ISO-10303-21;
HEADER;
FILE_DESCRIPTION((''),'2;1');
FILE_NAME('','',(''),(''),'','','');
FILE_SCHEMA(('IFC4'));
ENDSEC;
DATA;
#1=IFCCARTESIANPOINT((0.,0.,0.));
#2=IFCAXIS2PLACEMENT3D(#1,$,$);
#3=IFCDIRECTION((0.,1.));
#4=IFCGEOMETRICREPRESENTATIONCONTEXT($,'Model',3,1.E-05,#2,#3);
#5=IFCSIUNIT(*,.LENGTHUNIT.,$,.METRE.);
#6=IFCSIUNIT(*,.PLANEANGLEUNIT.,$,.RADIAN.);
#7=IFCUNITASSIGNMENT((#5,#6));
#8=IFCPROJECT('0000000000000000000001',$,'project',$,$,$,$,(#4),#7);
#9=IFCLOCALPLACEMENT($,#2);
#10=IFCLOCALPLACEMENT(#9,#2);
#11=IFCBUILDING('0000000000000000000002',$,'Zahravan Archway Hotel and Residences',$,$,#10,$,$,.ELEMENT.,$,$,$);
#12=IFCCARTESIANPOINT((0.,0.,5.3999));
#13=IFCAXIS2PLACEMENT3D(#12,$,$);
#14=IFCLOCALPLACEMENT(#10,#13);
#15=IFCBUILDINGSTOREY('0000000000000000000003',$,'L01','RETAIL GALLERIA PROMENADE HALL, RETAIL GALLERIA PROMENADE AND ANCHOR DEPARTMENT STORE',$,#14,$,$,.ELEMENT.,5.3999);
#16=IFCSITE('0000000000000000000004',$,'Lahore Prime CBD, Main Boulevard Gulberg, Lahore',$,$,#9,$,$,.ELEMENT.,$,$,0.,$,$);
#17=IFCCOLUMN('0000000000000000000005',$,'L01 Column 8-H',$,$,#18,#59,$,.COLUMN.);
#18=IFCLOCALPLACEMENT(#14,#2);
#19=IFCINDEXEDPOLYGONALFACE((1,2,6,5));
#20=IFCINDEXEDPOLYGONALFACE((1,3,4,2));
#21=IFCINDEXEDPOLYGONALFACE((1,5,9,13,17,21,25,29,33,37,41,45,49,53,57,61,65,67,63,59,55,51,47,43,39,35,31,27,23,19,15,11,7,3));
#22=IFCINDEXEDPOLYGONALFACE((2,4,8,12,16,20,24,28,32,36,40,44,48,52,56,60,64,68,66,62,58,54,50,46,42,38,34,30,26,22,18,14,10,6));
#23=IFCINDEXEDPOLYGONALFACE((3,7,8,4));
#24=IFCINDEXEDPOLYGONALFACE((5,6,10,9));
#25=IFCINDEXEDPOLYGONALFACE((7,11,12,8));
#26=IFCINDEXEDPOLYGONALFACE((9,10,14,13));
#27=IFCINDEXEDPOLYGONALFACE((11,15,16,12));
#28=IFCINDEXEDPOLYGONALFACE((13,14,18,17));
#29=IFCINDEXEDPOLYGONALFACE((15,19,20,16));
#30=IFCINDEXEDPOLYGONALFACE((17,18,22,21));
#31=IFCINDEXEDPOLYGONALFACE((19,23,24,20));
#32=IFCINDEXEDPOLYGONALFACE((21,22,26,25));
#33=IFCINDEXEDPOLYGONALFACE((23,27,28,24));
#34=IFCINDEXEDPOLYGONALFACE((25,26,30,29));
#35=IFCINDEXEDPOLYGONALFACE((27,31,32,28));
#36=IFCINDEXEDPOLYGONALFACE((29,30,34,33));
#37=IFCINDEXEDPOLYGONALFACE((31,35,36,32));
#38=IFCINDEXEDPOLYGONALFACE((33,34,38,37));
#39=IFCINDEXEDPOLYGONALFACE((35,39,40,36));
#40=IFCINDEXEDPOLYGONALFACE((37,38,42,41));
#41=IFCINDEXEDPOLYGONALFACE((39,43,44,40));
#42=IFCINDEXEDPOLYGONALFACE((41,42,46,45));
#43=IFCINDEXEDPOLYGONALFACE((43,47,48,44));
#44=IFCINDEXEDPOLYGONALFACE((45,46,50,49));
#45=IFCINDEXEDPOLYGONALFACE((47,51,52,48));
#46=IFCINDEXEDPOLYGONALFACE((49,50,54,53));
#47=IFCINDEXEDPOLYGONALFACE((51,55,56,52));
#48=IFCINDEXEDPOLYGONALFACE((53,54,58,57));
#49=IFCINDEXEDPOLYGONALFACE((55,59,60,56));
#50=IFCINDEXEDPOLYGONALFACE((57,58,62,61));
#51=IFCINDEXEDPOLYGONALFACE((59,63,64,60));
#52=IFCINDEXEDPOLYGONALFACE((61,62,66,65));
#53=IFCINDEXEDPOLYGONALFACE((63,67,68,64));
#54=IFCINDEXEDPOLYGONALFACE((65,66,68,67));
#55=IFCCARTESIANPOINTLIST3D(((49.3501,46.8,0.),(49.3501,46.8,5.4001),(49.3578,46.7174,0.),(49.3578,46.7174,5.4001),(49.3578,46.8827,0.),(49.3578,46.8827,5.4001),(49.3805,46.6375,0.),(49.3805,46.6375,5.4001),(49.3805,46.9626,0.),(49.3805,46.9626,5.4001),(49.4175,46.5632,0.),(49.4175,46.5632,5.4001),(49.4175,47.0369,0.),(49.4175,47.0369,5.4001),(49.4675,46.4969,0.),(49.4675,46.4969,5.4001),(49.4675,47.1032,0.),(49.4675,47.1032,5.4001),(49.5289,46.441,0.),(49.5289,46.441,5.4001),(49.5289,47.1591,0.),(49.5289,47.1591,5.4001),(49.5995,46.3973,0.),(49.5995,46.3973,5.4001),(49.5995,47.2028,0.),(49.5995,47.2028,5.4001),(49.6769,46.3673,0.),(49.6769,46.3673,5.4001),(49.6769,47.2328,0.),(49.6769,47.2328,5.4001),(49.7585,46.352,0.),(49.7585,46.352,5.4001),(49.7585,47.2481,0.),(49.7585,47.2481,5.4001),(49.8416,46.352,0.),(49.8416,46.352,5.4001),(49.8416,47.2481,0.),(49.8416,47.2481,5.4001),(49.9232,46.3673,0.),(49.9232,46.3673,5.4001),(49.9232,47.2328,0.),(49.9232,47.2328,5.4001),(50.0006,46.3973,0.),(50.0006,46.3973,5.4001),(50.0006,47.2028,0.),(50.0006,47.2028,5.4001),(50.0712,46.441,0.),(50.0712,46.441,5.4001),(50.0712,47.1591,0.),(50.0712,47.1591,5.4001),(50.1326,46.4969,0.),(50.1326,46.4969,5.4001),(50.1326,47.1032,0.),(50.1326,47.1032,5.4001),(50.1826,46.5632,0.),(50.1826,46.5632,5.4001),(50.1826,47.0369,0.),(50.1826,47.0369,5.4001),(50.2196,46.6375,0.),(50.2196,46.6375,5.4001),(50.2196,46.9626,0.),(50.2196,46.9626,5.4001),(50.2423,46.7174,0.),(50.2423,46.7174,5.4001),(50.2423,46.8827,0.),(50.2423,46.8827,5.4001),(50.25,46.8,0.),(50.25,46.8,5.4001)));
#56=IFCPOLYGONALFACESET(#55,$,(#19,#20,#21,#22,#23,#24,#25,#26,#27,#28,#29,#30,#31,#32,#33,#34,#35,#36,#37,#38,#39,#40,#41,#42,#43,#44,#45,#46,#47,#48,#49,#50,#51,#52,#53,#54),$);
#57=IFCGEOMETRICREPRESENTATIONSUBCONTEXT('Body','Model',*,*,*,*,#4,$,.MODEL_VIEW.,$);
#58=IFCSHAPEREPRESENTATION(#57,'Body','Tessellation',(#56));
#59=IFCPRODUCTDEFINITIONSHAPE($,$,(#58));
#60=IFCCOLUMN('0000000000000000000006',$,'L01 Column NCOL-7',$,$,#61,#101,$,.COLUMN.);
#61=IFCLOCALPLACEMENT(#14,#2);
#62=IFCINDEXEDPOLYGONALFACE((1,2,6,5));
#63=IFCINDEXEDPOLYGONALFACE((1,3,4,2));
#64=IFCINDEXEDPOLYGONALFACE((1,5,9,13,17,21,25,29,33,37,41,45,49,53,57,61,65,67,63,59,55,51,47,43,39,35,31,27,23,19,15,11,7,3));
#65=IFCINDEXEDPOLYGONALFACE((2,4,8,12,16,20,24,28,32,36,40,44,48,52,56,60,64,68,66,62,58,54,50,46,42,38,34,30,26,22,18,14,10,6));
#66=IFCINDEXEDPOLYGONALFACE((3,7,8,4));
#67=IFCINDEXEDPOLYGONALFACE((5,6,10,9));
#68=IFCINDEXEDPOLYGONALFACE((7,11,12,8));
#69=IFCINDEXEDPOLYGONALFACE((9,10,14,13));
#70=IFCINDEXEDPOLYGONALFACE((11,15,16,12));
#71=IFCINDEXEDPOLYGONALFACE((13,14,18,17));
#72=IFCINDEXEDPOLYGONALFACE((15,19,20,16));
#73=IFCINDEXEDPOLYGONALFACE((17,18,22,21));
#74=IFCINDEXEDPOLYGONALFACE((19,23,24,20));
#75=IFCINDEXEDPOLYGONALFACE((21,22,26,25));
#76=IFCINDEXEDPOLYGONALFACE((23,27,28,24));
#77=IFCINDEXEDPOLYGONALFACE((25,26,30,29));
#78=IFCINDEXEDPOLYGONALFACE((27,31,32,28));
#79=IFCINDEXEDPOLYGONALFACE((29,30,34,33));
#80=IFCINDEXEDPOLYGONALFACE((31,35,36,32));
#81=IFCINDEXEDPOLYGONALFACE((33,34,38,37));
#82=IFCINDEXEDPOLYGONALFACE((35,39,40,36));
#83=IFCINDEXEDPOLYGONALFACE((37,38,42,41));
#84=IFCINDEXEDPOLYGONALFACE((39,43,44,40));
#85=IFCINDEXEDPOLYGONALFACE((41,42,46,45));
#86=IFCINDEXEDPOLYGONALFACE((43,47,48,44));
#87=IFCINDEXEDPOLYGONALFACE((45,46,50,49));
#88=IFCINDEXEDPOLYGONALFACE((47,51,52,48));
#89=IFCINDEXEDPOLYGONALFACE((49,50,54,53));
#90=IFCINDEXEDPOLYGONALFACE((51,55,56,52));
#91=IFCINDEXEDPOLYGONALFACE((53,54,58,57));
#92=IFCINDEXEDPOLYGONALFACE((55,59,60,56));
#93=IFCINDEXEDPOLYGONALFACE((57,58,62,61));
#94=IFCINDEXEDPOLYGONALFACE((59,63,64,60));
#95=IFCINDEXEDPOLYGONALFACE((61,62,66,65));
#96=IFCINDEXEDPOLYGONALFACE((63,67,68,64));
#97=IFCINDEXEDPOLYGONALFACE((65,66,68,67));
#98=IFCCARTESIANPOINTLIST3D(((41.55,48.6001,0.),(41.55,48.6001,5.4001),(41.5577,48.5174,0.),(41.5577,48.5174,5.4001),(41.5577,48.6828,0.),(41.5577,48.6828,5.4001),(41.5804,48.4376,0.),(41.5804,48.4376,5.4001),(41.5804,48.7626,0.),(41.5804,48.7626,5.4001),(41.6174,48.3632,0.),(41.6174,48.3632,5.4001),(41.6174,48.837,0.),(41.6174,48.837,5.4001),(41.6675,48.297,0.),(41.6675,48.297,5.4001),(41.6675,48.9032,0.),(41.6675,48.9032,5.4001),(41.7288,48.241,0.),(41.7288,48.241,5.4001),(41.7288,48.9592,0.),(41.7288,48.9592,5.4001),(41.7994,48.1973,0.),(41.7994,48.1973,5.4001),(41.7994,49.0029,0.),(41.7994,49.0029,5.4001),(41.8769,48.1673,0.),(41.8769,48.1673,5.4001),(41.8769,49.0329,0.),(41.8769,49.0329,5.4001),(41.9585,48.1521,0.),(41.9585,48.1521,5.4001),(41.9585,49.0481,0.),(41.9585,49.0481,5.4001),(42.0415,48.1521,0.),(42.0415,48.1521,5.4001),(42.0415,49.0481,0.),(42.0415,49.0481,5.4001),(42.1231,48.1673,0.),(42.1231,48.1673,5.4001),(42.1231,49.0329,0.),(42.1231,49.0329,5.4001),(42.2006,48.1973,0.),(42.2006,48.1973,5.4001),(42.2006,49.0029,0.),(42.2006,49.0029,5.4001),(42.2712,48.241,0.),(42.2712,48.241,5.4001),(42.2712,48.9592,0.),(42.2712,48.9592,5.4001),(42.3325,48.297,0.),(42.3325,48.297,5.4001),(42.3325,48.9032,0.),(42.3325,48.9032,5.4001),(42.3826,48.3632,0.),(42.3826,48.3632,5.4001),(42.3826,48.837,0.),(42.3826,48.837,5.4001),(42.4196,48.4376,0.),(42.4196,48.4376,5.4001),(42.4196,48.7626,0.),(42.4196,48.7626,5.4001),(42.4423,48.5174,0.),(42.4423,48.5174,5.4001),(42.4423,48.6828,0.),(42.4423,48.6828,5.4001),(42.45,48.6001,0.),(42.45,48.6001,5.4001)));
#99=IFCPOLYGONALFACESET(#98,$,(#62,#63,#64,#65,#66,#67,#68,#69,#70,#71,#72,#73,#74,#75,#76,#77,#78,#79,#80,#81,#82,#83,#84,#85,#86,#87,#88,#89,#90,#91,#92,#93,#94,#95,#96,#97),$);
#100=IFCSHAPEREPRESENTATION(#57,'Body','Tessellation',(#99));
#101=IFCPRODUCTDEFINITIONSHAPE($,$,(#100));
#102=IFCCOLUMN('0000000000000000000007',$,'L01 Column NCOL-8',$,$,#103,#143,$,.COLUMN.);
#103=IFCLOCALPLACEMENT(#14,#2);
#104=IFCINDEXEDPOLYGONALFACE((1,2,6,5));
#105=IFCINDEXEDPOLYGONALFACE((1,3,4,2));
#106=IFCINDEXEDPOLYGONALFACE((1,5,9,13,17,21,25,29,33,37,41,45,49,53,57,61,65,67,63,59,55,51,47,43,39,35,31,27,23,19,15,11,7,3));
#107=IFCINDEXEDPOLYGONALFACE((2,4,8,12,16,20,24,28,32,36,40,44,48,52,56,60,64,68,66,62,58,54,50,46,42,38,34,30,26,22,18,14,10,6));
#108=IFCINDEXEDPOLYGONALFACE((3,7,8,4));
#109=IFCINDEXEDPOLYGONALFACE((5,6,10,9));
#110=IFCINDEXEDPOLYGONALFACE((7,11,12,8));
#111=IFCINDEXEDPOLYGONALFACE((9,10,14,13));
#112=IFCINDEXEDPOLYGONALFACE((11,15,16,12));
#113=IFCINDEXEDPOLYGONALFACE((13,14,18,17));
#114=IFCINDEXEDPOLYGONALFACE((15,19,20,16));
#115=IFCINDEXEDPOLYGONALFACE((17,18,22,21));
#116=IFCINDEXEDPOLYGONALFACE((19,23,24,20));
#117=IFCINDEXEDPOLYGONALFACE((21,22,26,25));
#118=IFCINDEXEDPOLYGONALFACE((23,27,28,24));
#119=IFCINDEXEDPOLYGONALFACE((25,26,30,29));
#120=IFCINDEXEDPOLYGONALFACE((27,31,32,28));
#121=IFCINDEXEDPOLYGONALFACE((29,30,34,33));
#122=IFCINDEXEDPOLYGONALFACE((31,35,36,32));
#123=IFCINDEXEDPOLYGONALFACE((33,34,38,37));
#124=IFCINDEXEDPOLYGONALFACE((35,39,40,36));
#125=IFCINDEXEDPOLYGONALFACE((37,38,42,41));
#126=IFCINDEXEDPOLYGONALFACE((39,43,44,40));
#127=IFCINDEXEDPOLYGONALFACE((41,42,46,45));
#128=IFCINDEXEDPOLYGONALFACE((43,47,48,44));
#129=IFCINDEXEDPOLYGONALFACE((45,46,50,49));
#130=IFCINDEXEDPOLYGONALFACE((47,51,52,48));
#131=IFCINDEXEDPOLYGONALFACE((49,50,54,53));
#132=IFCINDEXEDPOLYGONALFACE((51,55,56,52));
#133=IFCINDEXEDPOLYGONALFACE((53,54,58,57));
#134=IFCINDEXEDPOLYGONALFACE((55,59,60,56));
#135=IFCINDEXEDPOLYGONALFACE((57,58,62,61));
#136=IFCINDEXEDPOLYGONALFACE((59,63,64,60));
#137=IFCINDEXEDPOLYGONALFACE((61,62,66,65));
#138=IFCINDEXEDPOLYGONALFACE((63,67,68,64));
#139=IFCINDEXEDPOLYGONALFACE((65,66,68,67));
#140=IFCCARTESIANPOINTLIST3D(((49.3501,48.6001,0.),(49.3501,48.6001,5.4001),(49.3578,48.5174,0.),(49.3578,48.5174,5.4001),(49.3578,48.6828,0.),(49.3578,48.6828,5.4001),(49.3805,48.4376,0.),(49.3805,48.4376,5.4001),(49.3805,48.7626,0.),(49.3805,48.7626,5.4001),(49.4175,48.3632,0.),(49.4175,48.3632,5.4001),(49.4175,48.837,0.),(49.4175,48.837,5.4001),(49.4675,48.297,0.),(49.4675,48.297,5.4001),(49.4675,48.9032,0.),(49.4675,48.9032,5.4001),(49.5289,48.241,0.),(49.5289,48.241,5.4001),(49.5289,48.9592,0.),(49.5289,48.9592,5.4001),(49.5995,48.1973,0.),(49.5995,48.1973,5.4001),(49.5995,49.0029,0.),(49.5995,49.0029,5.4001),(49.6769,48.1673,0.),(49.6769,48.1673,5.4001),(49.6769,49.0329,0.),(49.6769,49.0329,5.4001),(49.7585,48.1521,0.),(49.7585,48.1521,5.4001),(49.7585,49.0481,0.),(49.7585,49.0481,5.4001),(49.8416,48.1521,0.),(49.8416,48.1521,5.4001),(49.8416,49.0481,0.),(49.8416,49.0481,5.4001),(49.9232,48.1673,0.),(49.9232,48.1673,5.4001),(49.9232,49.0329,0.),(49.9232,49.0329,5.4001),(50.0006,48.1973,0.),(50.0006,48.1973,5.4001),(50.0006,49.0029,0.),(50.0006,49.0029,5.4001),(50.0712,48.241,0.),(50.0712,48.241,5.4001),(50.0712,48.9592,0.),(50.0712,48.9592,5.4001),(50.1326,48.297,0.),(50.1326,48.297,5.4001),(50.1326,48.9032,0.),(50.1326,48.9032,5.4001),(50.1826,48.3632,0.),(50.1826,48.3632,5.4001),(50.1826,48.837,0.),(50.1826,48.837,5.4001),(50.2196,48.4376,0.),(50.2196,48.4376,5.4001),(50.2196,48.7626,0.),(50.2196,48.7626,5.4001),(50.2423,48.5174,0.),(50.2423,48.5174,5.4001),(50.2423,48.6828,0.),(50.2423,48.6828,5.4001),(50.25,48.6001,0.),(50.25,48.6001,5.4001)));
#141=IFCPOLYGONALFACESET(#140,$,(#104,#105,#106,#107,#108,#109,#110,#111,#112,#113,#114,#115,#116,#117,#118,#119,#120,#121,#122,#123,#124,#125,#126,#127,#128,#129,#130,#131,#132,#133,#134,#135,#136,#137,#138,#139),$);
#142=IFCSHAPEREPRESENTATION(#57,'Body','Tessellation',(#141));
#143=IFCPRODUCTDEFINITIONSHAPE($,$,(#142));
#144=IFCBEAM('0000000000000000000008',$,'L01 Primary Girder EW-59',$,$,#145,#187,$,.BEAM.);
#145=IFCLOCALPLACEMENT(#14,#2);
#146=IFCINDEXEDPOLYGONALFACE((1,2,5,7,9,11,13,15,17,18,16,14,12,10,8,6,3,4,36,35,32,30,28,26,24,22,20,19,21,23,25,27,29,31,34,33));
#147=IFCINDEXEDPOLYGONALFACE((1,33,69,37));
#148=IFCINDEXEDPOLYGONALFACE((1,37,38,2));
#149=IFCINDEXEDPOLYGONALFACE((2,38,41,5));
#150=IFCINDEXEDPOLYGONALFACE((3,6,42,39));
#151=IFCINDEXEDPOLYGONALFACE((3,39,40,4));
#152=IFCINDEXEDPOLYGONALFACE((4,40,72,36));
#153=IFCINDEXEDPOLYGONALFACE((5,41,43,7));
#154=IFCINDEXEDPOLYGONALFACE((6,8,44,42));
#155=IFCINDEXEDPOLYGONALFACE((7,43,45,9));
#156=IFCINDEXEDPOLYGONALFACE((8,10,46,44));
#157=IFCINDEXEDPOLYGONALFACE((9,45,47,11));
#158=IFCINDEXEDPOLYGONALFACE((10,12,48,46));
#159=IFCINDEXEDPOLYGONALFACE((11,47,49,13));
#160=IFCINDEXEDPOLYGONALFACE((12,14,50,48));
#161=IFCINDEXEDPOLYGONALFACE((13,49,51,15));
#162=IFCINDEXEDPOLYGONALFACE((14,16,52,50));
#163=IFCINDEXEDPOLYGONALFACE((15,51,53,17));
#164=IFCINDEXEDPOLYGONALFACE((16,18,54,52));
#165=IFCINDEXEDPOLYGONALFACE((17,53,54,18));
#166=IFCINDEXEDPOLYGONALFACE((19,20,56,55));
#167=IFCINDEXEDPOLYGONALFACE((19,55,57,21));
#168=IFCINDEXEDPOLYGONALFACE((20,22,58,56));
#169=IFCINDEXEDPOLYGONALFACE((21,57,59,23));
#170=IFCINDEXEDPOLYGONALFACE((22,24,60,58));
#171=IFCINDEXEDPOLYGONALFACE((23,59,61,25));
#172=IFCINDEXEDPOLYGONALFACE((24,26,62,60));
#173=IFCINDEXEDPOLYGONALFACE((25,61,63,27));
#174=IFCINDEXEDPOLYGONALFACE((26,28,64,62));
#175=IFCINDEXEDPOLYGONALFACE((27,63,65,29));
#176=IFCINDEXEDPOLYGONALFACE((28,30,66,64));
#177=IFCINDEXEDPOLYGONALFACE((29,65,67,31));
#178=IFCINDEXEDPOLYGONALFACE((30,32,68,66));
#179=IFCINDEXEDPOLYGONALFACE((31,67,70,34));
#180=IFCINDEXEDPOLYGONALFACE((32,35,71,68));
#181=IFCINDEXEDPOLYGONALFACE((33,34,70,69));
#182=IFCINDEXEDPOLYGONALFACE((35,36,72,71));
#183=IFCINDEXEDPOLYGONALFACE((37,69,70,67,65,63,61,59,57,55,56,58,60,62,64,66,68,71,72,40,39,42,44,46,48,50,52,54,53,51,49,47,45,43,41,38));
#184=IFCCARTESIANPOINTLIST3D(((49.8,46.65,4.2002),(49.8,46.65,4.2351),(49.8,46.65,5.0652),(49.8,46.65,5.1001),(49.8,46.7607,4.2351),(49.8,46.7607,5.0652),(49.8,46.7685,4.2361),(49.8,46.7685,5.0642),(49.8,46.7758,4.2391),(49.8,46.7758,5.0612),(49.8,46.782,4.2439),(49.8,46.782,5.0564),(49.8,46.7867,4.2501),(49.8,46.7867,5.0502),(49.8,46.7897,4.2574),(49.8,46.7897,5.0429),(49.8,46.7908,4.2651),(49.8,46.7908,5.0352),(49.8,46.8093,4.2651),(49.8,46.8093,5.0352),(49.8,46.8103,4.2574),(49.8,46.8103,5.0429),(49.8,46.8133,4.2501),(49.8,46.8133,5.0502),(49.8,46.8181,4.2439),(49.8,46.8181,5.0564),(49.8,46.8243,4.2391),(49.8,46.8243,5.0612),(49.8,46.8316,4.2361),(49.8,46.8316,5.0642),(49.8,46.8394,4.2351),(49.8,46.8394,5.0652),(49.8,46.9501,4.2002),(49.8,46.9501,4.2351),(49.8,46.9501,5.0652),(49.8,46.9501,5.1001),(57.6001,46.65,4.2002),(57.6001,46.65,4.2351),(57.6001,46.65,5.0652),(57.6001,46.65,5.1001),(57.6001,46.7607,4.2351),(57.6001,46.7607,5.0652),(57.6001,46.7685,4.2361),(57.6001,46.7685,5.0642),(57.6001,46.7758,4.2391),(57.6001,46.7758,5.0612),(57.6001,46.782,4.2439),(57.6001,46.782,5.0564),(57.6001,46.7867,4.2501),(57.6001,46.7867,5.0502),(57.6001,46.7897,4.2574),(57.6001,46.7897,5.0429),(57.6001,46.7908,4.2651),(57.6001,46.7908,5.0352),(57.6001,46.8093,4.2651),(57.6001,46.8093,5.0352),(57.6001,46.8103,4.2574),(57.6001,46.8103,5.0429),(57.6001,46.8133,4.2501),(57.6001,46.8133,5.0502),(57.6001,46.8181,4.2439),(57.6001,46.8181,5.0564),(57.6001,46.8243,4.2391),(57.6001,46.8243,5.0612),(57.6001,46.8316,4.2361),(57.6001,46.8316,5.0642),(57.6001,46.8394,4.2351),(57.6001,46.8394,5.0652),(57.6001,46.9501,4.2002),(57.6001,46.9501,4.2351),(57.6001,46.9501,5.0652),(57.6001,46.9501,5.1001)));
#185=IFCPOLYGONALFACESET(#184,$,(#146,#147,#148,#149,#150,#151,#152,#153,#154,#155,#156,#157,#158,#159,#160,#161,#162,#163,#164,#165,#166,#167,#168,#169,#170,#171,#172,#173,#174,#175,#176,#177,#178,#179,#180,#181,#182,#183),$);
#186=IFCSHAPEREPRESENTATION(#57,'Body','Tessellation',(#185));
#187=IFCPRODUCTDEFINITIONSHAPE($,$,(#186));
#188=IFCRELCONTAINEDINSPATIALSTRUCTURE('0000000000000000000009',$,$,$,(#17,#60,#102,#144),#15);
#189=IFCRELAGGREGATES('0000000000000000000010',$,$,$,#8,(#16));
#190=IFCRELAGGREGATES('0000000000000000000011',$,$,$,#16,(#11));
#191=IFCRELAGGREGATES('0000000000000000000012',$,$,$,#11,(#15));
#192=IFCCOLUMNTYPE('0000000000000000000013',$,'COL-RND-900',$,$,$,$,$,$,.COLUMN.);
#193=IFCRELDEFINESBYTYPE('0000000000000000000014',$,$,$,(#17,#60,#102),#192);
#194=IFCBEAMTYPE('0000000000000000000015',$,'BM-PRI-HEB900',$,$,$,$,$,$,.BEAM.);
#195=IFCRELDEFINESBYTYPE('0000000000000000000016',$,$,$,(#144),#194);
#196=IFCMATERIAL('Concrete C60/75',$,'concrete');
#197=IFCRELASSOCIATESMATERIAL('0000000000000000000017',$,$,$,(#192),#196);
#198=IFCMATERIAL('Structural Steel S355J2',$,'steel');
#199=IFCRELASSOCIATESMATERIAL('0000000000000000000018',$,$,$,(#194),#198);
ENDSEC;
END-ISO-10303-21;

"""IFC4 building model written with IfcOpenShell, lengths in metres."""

from ifc_helpers import new_model, si_unit, direction, frame, origin, origin_2d, place, context, subcontext, project, spatial, circle, i_section, extrude, source, transform, mapped, material, material_profile, profile_set, type_object, element, save


model = new_model("IFC4")

# Units and contexts
model_context = context("Model", 3, precision=1e-05, world=origin(), true_north=direction((0.0, 1.0)))
body_context = subcontext(model_context, "Body", "Model", "MODEL_VIEW")
ifc_project = project(units=[si_unit("LENGTHUNIT", "METRE"), si_unit("PLANEANGLEUNIT", "RADIAN")], contexts=[model_context])

# Site, building, storey
site_placement = place(None, origin())
site = spatial("IfcSite", under=ifc_project, at=site_placement, Name="Lahore Prime CBD, Main Boulevard Gulberg, Lahore", CompositionType="ELEMENT", RefElevation=0.0)
building_placement = place(site_placement, origin())
building = spatial("IfcBuilding", under=site, at=building_placement, Name="Zahravan Archway Hotel and Residences", CompositionType="ELEMENT")
storey_placement = place(building_placement, frame((0.0, 0.0, 5.3999)))
storey = spatial("IfcBuildingStorey", under=building, at=storey_placement, Name="L01", Description="RETAIL GALLERIA PROMENADE HALL, RETAIL GALLERIA PROMENADE AND ANCHOR DEPARTMENT STORE", CompositionType="ELEMENT", Elevation=5.3999)

# Columns
ifc_material_1 = material(Name="Concrete C60/75", Category="concrete")
ifc_material_profile_1 = material_profile(ifc_material_1, circle(Radius=0.45, at=origin_2d()), Name="RC-CIRC-900", Category="concrete")
ifc_profile_set_1 = profile_set([ifc_material_profile_1], Name="Concrete C60/75")
column_type = type_object("IfcColumnType", Name="COL-RND-900", PredefinedType="COLUMN", material=ifc_profile_set_1)
shared_shape_1 = source(origin(), body_context, "Body", "SweptSolid", [
    extrude(circle(Radius=0.45, at=origin_2d()), origin(), (0.0, 0.0, 1.0), 5.4001),
])
for number, where, z_axis, x_axis, name in (
    (1, (49.8, 46.8, 0.0), (0.0, 0.0, 1.0), (1.0, 0.0, 0.0), "L01 Column 8-H"),
    (2, (42.0, 48.6001, 0.0), (0.0, 0.0, 1.0), (1.0, 0.0, 0.0), "L01 Column NCOL-7"),
    (3, (49.8, 48.6001, 0.0), (0.0, 0.0, 1.0), (1.0, 0.0, 0.0), "L01 Column NCOL-8"),
):
    element("IfcColumn", number, at=place(storey_placement, frame(where, z_axis=z_axis, x_axis=x_axis)), inside=storey, type_object=column_type, Name=name, PredefinedType="COLUMN", context=body_context, shape_type="MappedRepresentation", body=[
        mapped(shared_shape_1, transform((0.0, 0.0, 0.0), scale=1.0)),
    ])

# Beam
ifc_material_2 = material(Name="Structural Steel S355J2", Category="steel")
ifc_material_profile_2 = material_profile(ifc_material_2, i_section(OverallWidth=0.3, OverallDepth=0.8999, WebThickness=0.0186, FlangeThickness=0.0349, FilletRadius=0.03, at=origin_2d()), Name="HEB 900", Category="steel")
ifc_profile_set_2 = profile_set([ifc_material_profile_2], Name="Structural Steel S355J2")
beam_type_1 = type_object("IfcBeamType", Name="BM-PRI-HEB900", PredefinedType="BEAM", material=ifc_profile_set_2)
shared_shape_2 = source(origin(), body_context, "Body", "SweptSolid", [
    extrude(i_section(OverallWidth=0.3, OverallDepth=0.8999, WebThickness=0.0186, FlangeThickness=0.0349, FilletRadius=0.03, at=origin_2d()), origin(), (0.0, 0.0, 1.0), 7.8),
])
beam_1_placement = place(storey_placement, frame((49.8, 46.8, 4.6501), z_axis=(1.0, 0.0, 0.0), x_axis=(0.0, 1.0, 0.0)))
element("IfcBeam", 4, at=beam_1_placement, inside=storey, type_object=beam_type_1, Name="L01 Primary Girder EW-59", PredefinedType="BEAM", context=body_context, shape_type="MappedRepresentation", body=[
    mapped(shared_shape_2, transform((0.0, 0.0, 0.0), scale=1.0)),
])

save(model, "model.ifc")
